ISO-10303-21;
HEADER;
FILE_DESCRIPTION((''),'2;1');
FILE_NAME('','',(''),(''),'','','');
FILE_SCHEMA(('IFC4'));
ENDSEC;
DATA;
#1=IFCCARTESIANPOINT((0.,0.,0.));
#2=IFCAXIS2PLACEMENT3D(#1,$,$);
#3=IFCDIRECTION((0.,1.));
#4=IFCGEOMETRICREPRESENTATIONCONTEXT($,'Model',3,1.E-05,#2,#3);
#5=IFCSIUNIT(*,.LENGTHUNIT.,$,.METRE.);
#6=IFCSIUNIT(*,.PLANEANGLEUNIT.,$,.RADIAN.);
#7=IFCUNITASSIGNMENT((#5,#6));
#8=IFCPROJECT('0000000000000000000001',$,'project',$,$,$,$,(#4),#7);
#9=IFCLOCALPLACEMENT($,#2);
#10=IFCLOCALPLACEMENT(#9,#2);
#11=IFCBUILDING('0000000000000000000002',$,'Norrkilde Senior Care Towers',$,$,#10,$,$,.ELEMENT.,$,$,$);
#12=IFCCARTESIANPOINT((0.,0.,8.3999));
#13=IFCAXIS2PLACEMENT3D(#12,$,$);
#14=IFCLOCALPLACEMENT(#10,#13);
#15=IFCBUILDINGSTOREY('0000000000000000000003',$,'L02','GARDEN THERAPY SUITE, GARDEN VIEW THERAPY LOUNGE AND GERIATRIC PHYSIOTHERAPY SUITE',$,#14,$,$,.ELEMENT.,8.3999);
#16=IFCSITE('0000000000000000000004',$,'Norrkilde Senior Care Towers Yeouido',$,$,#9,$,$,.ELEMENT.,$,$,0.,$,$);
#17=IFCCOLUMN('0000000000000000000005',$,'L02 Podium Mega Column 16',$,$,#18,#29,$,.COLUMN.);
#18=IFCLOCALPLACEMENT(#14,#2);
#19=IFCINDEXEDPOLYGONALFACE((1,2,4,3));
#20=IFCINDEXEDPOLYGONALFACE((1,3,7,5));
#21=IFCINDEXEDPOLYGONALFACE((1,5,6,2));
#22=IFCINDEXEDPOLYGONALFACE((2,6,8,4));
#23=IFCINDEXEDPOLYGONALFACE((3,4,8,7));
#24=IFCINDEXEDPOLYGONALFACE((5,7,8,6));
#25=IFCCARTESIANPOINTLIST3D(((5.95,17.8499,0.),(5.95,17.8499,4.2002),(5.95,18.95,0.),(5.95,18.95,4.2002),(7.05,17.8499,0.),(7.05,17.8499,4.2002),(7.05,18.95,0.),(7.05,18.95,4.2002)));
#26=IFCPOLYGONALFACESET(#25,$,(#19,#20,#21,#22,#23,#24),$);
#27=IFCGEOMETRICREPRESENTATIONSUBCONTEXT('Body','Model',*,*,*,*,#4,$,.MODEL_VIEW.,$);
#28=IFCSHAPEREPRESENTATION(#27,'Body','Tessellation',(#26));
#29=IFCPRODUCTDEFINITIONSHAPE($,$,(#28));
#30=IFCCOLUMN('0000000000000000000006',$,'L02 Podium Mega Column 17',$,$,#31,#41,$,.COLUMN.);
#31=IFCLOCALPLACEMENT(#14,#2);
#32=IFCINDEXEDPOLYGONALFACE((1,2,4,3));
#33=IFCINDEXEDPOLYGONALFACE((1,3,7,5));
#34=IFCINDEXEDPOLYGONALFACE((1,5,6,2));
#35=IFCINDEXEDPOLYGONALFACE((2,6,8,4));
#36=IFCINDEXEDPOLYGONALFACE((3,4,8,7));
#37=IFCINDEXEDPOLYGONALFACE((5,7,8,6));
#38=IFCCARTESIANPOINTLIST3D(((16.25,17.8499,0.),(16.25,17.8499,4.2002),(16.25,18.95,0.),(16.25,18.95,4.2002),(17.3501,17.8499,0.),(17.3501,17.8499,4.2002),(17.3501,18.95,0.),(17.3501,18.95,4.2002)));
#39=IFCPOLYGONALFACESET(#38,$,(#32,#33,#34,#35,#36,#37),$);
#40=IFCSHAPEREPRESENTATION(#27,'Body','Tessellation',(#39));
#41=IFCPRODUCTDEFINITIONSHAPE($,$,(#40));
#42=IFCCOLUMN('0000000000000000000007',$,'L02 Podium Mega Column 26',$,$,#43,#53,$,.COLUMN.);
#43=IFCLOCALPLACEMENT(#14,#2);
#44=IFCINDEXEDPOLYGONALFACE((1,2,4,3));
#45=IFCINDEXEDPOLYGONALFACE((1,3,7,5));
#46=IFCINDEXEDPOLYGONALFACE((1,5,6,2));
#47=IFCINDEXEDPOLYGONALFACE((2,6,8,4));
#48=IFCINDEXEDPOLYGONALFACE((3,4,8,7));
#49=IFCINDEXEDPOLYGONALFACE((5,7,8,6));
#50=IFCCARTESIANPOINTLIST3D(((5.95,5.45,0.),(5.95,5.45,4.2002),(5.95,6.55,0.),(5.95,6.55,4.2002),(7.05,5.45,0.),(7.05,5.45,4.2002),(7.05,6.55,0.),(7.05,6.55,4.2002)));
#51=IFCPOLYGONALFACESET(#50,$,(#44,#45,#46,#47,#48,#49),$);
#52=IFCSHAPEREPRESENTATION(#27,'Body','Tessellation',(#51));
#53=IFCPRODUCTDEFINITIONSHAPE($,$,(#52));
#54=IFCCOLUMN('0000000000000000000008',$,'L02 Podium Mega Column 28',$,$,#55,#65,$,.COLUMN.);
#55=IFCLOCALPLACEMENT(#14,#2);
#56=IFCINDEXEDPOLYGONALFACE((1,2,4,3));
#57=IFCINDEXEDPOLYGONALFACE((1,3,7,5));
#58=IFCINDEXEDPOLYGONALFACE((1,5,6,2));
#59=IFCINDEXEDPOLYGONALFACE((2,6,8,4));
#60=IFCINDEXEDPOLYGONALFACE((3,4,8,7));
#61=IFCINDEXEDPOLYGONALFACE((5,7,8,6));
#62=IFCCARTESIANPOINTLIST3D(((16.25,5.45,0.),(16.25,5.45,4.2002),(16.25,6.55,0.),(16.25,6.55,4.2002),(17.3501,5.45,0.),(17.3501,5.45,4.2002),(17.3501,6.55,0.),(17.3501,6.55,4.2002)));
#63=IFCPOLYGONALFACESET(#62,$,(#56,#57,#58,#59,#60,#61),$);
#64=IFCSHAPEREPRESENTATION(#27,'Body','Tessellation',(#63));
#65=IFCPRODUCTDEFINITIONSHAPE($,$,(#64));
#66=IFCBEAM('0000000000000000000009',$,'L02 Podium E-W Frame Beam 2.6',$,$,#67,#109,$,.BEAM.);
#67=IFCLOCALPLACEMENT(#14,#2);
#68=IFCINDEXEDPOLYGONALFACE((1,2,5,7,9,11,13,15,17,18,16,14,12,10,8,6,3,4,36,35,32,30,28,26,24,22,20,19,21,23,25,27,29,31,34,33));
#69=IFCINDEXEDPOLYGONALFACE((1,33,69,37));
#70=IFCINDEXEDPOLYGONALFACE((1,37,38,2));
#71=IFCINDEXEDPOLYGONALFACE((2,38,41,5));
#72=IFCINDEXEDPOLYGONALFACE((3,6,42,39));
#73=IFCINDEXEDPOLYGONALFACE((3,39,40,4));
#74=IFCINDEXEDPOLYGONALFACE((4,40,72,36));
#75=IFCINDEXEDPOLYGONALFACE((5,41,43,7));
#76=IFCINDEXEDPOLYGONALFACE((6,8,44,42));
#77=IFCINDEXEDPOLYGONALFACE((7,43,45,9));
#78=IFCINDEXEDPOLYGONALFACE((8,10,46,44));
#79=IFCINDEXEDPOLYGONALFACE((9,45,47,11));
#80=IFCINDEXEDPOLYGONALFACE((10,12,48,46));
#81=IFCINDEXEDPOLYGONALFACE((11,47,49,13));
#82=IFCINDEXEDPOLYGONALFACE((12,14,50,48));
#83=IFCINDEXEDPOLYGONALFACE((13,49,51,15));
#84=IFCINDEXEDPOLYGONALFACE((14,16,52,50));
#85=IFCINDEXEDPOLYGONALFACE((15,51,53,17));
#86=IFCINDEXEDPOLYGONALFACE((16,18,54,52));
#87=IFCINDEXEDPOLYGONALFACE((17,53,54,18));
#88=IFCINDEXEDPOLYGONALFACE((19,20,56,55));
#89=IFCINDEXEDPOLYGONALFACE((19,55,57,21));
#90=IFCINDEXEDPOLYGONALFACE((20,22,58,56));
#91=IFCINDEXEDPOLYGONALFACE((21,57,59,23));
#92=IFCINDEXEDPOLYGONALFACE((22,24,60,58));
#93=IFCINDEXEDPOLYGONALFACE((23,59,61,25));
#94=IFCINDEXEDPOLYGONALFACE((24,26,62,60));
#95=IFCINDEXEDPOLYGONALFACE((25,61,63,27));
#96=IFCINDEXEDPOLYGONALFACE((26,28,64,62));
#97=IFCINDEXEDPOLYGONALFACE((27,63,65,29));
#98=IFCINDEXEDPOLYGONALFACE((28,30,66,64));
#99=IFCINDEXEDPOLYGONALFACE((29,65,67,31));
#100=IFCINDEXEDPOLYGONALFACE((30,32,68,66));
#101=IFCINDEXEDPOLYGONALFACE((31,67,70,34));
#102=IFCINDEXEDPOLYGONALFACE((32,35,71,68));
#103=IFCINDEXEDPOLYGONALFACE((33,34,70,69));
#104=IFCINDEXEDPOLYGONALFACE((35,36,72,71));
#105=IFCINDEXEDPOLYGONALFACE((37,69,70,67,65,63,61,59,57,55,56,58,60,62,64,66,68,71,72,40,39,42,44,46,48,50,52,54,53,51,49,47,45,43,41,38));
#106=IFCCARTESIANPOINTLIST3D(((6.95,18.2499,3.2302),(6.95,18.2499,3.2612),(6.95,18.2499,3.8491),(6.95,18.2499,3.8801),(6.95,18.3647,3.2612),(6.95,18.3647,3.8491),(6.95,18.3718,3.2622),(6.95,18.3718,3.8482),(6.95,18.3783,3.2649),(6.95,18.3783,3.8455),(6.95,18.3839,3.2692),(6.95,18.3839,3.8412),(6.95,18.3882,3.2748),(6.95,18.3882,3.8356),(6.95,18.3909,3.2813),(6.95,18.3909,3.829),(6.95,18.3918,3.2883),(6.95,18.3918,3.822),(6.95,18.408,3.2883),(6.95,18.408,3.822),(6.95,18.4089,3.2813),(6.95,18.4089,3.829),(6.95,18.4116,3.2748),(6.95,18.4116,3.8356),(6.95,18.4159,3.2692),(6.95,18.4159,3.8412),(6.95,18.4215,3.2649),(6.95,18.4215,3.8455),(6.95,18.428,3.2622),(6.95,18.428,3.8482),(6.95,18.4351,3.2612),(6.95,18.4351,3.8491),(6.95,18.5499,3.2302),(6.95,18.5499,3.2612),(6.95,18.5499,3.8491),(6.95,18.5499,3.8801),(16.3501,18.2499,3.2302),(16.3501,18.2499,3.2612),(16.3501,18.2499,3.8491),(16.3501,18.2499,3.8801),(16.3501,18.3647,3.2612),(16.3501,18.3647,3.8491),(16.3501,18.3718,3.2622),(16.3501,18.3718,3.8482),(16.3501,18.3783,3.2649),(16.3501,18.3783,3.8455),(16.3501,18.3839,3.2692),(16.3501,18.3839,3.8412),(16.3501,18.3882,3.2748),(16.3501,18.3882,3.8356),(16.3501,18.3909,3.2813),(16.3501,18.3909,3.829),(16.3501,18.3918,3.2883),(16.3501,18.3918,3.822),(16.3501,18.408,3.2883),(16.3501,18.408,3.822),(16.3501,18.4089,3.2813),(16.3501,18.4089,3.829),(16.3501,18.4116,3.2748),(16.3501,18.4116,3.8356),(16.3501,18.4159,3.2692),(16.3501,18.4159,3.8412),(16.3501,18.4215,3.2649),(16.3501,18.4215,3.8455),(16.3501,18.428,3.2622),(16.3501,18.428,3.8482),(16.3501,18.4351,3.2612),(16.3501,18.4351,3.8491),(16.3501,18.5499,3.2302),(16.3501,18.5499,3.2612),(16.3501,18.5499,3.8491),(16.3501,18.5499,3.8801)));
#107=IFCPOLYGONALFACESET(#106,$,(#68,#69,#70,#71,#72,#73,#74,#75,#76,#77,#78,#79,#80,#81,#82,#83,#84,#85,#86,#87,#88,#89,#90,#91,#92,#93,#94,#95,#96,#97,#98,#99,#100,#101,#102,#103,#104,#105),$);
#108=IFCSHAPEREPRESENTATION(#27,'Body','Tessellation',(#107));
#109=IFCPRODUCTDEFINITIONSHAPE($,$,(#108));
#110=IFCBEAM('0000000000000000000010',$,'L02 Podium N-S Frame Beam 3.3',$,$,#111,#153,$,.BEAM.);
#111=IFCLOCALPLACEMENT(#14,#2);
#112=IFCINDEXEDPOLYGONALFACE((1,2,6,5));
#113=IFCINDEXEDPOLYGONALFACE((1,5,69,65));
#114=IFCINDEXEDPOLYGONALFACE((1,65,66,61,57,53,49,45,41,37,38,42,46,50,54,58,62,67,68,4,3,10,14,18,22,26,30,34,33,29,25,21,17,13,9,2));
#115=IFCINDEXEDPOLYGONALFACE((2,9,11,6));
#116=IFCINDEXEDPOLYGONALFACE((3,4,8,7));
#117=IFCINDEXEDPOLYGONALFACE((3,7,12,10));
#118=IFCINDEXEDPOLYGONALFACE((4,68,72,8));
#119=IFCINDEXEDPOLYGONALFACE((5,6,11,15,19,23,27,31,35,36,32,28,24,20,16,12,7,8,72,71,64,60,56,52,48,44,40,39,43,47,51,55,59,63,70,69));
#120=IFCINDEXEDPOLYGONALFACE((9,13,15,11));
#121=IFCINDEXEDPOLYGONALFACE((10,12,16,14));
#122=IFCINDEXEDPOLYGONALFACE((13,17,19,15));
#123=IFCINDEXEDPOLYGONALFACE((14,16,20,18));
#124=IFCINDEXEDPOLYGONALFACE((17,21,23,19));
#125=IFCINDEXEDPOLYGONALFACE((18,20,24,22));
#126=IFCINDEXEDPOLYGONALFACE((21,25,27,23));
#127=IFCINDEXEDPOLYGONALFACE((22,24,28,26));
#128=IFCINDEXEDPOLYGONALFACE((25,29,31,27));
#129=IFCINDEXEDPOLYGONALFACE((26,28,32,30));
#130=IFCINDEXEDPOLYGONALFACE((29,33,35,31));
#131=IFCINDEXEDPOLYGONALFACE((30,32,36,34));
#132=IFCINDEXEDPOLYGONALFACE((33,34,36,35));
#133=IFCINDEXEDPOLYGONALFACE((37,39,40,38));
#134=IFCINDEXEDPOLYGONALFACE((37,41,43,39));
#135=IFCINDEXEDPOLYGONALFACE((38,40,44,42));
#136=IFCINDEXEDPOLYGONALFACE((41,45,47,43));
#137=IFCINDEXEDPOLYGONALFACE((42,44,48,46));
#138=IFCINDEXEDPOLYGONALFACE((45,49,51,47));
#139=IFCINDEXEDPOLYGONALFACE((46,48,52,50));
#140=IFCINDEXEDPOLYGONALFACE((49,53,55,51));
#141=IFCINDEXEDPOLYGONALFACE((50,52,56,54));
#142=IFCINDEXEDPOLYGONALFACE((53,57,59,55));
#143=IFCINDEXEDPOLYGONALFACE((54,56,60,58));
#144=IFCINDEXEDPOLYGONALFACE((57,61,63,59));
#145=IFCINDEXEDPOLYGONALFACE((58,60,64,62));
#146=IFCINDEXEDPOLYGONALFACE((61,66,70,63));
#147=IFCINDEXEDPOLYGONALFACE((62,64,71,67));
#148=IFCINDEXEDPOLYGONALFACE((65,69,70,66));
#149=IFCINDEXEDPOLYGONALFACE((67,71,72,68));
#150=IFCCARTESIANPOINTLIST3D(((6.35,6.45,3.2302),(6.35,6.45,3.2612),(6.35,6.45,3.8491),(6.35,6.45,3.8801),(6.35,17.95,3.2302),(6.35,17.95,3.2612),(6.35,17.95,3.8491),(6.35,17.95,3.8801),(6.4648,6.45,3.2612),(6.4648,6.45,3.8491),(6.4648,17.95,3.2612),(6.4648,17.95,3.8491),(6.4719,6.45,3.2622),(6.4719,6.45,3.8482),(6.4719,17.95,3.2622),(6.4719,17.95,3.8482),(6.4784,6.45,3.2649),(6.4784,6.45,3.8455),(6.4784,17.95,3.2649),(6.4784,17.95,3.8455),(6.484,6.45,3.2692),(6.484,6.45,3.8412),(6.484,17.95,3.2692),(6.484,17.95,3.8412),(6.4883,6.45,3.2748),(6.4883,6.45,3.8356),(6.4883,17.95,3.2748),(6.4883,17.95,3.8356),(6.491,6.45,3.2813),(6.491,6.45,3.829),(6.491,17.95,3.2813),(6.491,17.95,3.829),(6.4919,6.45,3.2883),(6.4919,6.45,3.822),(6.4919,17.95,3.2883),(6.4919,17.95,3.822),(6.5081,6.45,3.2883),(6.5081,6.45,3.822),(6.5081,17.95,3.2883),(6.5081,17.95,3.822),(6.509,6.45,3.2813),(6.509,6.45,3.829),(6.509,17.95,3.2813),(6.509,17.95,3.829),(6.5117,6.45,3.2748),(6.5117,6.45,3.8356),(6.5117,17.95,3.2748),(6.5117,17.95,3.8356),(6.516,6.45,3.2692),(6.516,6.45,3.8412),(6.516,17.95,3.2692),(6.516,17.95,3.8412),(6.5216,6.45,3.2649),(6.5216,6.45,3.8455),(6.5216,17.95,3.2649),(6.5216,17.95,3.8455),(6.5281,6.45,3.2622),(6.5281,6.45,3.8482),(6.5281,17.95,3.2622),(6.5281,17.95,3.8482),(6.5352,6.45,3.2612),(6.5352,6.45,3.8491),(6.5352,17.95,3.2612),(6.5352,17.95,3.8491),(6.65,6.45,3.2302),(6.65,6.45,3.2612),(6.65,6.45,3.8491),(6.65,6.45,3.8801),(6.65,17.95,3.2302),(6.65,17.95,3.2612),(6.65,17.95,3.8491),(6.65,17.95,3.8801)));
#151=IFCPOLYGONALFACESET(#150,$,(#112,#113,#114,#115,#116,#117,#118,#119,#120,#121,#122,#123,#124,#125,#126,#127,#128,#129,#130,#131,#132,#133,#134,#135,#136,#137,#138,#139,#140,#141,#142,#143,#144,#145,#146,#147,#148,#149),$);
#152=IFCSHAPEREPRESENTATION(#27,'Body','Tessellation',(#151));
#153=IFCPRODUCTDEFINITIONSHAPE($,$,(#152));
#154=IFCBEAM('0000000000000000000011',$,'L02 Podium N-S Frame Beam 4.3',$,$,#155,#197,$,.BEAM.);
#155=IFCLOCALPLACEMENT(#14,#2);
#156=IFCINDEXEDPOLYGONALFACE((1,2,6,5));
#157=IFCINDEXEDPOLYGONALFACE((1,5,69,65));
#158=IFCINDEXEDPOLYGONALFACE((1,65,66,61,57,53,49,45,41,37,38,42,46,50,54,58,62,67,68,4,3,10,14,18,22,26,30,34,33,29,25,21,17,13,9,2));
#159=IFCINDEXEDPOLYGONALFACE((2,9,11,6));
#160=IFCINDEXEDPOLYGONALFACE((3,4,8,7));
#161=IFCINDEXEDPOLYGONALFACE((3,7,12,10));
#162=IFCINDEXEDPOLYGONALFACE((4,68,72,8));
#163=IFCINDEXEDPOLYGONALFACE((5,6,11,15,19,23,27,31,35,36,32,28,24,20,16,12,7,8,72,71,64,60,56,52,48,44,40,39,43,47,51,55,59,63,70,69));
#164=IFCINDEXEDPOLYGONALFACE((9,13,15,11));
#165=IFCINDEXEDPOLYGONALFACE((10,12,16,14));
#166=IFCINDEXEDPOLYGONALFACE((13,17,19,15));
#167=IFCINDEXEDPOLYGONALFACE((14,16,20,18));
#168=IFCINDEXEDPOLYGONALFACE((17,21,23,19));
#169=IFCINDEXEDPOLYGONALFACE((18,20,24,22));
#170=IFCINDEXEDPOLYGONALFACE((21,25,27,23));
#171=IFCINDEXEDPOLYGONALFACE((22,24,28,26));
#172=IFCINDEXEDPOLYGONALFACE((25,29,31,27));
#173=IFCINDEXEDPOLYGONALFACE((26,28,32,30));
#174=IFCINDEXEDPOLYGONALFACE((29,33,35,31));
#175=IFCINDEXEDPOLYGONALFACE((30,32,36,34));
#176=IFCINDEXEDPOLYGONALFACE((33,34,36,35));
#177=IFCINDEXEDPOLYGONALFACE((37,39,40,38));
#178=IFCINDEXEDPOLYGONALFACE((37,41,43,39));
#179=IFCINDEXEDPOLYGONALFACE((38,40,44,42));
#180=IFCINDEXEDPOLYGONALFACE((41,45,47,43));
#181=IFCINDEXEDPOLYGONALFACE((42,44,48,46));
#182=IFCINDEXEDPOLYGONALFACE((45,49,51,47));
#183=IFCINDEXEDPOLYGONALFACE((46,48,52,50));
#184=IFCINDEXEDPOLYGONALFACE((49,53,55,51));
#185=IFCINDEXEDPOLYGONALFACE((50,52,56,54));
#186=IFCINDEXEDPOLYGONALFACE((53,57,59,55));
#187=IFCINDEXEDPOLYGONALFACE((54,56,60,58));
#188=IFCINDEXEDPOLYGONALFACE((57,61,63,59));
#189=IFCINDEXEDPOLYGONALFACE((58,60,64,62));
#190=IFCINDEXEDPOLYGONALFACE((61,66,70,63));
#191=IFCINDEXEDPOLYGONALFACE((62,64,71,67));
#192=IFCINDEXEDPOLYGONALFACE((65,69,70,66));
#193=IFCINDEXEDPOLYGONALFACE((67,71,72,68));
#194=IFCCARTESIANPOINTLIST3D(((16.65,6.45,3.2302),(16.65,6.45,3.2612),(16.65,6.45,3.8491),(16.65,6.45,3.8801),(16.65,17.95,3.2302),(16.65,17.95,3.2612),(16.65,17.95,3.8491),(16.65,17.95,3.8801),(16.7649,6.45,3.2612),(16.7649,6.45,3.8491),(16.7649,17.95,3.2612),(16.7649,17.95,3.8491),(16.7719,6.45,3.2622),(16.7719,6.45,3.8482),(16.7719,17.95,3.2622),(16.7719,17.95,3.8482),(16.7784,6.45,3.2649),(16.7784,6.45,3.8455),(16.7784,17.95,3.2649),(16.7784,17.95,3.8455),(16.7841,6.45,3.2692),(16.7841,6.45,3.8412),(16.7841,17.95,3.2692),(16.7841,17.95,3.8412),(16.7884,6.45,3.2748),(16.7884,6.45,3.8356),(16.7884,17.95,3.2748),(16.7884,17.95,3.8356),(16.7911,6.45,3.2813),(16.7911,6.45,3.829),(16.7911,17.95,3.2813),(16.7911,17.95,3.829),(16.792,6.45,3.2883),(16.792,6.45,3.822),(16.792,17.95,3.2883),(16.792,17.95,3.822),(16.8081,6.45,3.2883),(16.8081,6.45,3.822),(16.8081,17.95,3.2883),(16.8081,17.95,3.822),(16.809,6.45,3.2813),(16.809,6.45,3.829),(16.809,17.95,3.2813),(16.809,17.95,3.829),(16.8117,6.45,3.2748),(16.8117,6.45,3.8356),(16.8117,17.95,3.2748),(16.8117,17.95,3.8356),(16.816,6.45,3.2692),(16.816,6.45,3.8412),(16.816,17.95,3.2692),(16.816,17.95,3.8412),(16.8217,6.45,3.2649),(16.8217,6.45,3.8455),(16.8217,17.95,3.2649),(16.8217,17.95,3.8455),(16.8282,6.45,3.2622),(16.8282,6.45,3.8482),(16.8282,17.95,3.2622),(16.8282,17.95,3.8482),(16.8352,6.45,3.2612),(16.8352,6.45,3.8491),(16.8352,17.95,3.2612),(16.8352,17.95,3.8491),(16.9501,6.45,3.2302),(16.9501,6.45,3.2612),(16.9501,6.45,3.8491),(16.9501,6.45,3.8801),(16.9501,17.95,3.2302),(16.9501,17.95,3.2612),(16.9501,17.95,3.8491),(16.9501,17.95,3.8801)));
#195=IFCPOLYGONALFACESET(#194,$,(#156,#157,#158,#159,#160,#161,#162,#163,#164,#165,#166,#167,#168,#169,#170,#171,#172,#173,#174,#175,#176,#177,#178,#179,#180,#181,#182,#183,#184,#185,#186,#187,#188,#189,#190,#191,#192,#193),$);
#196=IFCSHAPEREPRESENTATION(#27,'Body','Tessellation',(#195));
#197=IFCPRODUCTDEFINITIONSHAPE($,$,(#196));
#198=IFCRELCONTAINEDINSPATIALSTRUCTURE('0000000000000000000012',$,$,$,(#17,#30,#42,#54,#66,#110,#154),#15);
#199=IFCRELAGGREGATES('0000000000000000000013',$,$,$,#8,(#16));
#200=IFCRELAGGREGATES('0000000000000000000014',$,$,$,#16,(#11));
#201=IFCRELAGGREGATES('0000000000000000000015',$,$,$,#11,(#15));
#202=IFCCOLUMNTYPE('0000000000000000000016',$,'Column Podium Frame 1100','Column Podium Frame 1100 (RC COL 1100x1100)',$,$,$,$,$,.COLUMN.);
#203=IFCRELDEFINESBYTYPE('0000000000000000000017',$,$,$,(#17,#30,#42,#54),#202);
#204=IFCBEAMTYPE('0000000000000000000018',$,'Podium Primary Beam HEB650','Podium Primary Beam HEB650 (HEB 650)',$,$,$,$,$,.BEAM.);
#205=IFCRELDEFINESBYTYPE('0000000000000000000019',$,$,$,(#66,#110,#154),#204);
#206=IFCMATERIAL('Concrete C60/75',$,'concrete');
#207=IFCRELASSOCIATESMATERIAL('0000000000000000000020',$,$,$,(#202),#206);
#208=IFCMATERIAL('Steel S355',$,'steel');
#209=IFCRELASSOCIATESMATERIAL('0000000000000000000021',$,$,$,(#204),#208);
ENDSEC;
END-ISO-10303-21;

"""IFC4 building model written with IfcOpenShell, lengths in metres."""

from ifc_helpers import new_model, si_unit, direction, frame, origin, origin_2d, place, context, subcontext, project, spatial, rectangle, i_section, extrude, source, transform, mapped, material, material_profile, profile_set, type_object, type_shapes, element, save


model = new_model("IFC4")

# Units and contexts
model_context = context("Model", 3, precision=1e-05, world=origin(), true_north=direction((0.0, 1.0)))
body_context = subcontext(model_context, "Body", "Model", "MODEL_VIEW")
ifc_project = project(units=[si_unit("LENGTHUNIT", "METRE"), si_unit("PLANEANGLEUNIT", "RADIAN")], contexts=[model_context])

# Site, building, storey
site_placement = place(None, origin())
site = spatial("IfcSite", under=ifc_project, at=site_placement, Name="Norrkilde Senior Care Towers Yeouido", CompositionType="ELEMENT", RefElevation=0.0)
building_placement = place(site_placement, origin())
building = spatial("IfcBuilding", under=site, at=building_placement, Name="Norrkilde Senior Care Towers", CompositionType="ELEMENT")
storey_placement = place(building_placement, frame((0.0, 0.0, 8.3999)))
storey = spatial("IfcBuildingStorey", under=building, at=storey_placement, Name="L02", Description="GARDEN THERAPY SUITE, GARDEN VIEW THERAPY LOUNGE AND GERIATRIC PHYSIOTHERAPY SUITE", CompositionType="ELEMENT", Elevation=8.3999)

# Columns
ifc_material_1 = material(Name="Concrete C60/75", Category="concrete")
ifc_material_profile_1 = material_profile(ifc_material_1, rectangle(XDim=1.1001, YDim=1.1001, at=origin_2d()), Name="RC COL 1100x1100")
ifc_profile_set_1 = profile_set([ifc_material_profile_1], Name="Concrete C60/75")
column_type = type_object("IfcColumnType", Name="Column Podium Frame 1100", Description="Column Podium Frame 1100 (RC COL 1100x1100)", PredefinedType="COLUMN", material=ifc_profile_set_1)
shared_shape_1 = source(origin(), body_context, "Body", "SweptSolid", [
    extrude(rectangle(XDim=1.1001, YDim=1.1001, at=origin_2d()), origin(), (0.0, 0.0, 1.0), 4.2002),
])
type_shapes(column_type, [shared_shape_1])
for number, where, z_axis, x_axis, name in (
    (1, (6.5, 18.3999, 0.0), (0.0, 0.0, 1.0), (1.0, 0.0, 0.0), "L02 Podium Mega Column 16"),
    (2, (16.8, 18.3999, 0.0), (0.0, 0.0, 1.0), (1.0, 0.0, 0.0), "L02 Podium Mega Column 17"),
    (3, (6.5, 6.0, 0.0), (0.0, 0.0, 1.0), (1.0, 0.0, 0.0), "L02 Podium Mega Column 26"),
    (4, (16.8, 6.0, 0.0), (0.0, 0.0, 1.0), (1.0, 0.0, 0.0), "L02 Podium Mega Column 28"),
):
    element("IfcColumn", number, at=place(storey_placement, frame(where, z_axis=z_axis, x_axis=x_axis)), inside=storey, type_object=column_type, Name=name, PredefinedType="COLUMN", context=body_context, shape_type="MappedRepresentation", body=[
        mapped(shared_shape_1, transform((0.0, 0.0, 0.0), x_axis=(1.0, 0.0, 0.0), y_axis=(0.0, 1.0, 0.0), z_axis=(0.0, 0.0, 1.0), scale=1.0)),
    ])

# Beams
ifc_material_2 = material(Name="Steel S355", Category="steel")
ifc_material_profile_2 = material_profile(ifc_material_2, i_section(OverallWidth=0.3, OverallDepth=0.6499, WebThickness=0.0161, FlangeThickness=0.031, FilletRadius=0.0271, at=origin_2d()), Name="HEB 650")
ifc_profile_set_2 = profile_set([ifc_material_profile_2], Name="Steel S355")
beam_type = type_object("IfcBeamType", Name="Podium Primary Beam HEB650", Description="Podium Primary Beam HEB650 (HEB 650)", PredefinedType="BEAM", material=ifc_profile_set_2)
shared_shape_2 = source(origin(), body_context, "Body", "SweptSolid", [
    extrude(i_section(OverallWidth=0.3, OverallDepth=0.6499, WebThickness=0.0161, FlangeThickness=0.031, FilletRadius=0.0271, at=origin_2d()), origin(), (0.0, 0.0, 1.0), 9.4001),
])
beam_placement = place(storey_placement, frame((6.95, 18.3999, 3.5552), z_axis=(1.0, 0.0, 0.0), x_axis=(0.0, 1.0, 0.0)))
element("IfcBeam", 5, at=beam_placement, inside=storey, type_object=beam_type, Name="L02 Podium E-W Frame Beam 2.6", PredefinedType="BEAM", context=body_context, shape_type="MappedRepresentation", body=[
    mapped(shared_shape_2, transform((0.0, 0.0, 0.0), x_axis=(1.0, 0.0, 0.0), y_axis=(0.0, 1.0, 0.0), z_axis=(0.0, 0.0, 1.0), scale=1.0)),
])
shared_shape_3 = source(origin(), body_context, "Body", "SweptSolid", [
    extrude(i_section(OverallWidth=0.3, OverallDepth=0.6499, WebThickness=0.0161, FlangeThickness=0.031, FilletRadius=0.0271, at=origin_2d()), origin(), (0.0, 0.0, 1.0), 11.5),
])
type_shapes(beam_type, [shared_shape_2, shared_shape_3])
for number, where, z_axis, x_axis, name in (
    (6, (6.5, 6.45, 3.5552), (0.0, 1.0, 0.0), (-1.0, 0.0, 0.0), "L02 Podium N-S Frame Beam 3.3"),
    (7, (16.8, 6.45, 3.5552), (0.0, 1.0, 0.0), (-1.0, 0.0, 0.0), "L02 Podium N-S Frame Beam 4.3"),
):
    element("IfcBeam", number, at=place(storey_placement, frame(where, z_axis=z_axis, x_axis=x_axis)), inside=storey, type_object=beam_type, Name=name, PredefinedType="BEAM", context=body_context, shape_type="MappedRepresentation", body=[
        mapped(shared_shape_3, transform((0.0, 0.0, 0.0), x_axis=(1.0, 0.0, 0.0), y_axis=(0.0, 1.0, 0.0), z_axis=(0.0, 0.0, 1.0), scale=1.0)),
    ])

save(model, "model.ifc")
